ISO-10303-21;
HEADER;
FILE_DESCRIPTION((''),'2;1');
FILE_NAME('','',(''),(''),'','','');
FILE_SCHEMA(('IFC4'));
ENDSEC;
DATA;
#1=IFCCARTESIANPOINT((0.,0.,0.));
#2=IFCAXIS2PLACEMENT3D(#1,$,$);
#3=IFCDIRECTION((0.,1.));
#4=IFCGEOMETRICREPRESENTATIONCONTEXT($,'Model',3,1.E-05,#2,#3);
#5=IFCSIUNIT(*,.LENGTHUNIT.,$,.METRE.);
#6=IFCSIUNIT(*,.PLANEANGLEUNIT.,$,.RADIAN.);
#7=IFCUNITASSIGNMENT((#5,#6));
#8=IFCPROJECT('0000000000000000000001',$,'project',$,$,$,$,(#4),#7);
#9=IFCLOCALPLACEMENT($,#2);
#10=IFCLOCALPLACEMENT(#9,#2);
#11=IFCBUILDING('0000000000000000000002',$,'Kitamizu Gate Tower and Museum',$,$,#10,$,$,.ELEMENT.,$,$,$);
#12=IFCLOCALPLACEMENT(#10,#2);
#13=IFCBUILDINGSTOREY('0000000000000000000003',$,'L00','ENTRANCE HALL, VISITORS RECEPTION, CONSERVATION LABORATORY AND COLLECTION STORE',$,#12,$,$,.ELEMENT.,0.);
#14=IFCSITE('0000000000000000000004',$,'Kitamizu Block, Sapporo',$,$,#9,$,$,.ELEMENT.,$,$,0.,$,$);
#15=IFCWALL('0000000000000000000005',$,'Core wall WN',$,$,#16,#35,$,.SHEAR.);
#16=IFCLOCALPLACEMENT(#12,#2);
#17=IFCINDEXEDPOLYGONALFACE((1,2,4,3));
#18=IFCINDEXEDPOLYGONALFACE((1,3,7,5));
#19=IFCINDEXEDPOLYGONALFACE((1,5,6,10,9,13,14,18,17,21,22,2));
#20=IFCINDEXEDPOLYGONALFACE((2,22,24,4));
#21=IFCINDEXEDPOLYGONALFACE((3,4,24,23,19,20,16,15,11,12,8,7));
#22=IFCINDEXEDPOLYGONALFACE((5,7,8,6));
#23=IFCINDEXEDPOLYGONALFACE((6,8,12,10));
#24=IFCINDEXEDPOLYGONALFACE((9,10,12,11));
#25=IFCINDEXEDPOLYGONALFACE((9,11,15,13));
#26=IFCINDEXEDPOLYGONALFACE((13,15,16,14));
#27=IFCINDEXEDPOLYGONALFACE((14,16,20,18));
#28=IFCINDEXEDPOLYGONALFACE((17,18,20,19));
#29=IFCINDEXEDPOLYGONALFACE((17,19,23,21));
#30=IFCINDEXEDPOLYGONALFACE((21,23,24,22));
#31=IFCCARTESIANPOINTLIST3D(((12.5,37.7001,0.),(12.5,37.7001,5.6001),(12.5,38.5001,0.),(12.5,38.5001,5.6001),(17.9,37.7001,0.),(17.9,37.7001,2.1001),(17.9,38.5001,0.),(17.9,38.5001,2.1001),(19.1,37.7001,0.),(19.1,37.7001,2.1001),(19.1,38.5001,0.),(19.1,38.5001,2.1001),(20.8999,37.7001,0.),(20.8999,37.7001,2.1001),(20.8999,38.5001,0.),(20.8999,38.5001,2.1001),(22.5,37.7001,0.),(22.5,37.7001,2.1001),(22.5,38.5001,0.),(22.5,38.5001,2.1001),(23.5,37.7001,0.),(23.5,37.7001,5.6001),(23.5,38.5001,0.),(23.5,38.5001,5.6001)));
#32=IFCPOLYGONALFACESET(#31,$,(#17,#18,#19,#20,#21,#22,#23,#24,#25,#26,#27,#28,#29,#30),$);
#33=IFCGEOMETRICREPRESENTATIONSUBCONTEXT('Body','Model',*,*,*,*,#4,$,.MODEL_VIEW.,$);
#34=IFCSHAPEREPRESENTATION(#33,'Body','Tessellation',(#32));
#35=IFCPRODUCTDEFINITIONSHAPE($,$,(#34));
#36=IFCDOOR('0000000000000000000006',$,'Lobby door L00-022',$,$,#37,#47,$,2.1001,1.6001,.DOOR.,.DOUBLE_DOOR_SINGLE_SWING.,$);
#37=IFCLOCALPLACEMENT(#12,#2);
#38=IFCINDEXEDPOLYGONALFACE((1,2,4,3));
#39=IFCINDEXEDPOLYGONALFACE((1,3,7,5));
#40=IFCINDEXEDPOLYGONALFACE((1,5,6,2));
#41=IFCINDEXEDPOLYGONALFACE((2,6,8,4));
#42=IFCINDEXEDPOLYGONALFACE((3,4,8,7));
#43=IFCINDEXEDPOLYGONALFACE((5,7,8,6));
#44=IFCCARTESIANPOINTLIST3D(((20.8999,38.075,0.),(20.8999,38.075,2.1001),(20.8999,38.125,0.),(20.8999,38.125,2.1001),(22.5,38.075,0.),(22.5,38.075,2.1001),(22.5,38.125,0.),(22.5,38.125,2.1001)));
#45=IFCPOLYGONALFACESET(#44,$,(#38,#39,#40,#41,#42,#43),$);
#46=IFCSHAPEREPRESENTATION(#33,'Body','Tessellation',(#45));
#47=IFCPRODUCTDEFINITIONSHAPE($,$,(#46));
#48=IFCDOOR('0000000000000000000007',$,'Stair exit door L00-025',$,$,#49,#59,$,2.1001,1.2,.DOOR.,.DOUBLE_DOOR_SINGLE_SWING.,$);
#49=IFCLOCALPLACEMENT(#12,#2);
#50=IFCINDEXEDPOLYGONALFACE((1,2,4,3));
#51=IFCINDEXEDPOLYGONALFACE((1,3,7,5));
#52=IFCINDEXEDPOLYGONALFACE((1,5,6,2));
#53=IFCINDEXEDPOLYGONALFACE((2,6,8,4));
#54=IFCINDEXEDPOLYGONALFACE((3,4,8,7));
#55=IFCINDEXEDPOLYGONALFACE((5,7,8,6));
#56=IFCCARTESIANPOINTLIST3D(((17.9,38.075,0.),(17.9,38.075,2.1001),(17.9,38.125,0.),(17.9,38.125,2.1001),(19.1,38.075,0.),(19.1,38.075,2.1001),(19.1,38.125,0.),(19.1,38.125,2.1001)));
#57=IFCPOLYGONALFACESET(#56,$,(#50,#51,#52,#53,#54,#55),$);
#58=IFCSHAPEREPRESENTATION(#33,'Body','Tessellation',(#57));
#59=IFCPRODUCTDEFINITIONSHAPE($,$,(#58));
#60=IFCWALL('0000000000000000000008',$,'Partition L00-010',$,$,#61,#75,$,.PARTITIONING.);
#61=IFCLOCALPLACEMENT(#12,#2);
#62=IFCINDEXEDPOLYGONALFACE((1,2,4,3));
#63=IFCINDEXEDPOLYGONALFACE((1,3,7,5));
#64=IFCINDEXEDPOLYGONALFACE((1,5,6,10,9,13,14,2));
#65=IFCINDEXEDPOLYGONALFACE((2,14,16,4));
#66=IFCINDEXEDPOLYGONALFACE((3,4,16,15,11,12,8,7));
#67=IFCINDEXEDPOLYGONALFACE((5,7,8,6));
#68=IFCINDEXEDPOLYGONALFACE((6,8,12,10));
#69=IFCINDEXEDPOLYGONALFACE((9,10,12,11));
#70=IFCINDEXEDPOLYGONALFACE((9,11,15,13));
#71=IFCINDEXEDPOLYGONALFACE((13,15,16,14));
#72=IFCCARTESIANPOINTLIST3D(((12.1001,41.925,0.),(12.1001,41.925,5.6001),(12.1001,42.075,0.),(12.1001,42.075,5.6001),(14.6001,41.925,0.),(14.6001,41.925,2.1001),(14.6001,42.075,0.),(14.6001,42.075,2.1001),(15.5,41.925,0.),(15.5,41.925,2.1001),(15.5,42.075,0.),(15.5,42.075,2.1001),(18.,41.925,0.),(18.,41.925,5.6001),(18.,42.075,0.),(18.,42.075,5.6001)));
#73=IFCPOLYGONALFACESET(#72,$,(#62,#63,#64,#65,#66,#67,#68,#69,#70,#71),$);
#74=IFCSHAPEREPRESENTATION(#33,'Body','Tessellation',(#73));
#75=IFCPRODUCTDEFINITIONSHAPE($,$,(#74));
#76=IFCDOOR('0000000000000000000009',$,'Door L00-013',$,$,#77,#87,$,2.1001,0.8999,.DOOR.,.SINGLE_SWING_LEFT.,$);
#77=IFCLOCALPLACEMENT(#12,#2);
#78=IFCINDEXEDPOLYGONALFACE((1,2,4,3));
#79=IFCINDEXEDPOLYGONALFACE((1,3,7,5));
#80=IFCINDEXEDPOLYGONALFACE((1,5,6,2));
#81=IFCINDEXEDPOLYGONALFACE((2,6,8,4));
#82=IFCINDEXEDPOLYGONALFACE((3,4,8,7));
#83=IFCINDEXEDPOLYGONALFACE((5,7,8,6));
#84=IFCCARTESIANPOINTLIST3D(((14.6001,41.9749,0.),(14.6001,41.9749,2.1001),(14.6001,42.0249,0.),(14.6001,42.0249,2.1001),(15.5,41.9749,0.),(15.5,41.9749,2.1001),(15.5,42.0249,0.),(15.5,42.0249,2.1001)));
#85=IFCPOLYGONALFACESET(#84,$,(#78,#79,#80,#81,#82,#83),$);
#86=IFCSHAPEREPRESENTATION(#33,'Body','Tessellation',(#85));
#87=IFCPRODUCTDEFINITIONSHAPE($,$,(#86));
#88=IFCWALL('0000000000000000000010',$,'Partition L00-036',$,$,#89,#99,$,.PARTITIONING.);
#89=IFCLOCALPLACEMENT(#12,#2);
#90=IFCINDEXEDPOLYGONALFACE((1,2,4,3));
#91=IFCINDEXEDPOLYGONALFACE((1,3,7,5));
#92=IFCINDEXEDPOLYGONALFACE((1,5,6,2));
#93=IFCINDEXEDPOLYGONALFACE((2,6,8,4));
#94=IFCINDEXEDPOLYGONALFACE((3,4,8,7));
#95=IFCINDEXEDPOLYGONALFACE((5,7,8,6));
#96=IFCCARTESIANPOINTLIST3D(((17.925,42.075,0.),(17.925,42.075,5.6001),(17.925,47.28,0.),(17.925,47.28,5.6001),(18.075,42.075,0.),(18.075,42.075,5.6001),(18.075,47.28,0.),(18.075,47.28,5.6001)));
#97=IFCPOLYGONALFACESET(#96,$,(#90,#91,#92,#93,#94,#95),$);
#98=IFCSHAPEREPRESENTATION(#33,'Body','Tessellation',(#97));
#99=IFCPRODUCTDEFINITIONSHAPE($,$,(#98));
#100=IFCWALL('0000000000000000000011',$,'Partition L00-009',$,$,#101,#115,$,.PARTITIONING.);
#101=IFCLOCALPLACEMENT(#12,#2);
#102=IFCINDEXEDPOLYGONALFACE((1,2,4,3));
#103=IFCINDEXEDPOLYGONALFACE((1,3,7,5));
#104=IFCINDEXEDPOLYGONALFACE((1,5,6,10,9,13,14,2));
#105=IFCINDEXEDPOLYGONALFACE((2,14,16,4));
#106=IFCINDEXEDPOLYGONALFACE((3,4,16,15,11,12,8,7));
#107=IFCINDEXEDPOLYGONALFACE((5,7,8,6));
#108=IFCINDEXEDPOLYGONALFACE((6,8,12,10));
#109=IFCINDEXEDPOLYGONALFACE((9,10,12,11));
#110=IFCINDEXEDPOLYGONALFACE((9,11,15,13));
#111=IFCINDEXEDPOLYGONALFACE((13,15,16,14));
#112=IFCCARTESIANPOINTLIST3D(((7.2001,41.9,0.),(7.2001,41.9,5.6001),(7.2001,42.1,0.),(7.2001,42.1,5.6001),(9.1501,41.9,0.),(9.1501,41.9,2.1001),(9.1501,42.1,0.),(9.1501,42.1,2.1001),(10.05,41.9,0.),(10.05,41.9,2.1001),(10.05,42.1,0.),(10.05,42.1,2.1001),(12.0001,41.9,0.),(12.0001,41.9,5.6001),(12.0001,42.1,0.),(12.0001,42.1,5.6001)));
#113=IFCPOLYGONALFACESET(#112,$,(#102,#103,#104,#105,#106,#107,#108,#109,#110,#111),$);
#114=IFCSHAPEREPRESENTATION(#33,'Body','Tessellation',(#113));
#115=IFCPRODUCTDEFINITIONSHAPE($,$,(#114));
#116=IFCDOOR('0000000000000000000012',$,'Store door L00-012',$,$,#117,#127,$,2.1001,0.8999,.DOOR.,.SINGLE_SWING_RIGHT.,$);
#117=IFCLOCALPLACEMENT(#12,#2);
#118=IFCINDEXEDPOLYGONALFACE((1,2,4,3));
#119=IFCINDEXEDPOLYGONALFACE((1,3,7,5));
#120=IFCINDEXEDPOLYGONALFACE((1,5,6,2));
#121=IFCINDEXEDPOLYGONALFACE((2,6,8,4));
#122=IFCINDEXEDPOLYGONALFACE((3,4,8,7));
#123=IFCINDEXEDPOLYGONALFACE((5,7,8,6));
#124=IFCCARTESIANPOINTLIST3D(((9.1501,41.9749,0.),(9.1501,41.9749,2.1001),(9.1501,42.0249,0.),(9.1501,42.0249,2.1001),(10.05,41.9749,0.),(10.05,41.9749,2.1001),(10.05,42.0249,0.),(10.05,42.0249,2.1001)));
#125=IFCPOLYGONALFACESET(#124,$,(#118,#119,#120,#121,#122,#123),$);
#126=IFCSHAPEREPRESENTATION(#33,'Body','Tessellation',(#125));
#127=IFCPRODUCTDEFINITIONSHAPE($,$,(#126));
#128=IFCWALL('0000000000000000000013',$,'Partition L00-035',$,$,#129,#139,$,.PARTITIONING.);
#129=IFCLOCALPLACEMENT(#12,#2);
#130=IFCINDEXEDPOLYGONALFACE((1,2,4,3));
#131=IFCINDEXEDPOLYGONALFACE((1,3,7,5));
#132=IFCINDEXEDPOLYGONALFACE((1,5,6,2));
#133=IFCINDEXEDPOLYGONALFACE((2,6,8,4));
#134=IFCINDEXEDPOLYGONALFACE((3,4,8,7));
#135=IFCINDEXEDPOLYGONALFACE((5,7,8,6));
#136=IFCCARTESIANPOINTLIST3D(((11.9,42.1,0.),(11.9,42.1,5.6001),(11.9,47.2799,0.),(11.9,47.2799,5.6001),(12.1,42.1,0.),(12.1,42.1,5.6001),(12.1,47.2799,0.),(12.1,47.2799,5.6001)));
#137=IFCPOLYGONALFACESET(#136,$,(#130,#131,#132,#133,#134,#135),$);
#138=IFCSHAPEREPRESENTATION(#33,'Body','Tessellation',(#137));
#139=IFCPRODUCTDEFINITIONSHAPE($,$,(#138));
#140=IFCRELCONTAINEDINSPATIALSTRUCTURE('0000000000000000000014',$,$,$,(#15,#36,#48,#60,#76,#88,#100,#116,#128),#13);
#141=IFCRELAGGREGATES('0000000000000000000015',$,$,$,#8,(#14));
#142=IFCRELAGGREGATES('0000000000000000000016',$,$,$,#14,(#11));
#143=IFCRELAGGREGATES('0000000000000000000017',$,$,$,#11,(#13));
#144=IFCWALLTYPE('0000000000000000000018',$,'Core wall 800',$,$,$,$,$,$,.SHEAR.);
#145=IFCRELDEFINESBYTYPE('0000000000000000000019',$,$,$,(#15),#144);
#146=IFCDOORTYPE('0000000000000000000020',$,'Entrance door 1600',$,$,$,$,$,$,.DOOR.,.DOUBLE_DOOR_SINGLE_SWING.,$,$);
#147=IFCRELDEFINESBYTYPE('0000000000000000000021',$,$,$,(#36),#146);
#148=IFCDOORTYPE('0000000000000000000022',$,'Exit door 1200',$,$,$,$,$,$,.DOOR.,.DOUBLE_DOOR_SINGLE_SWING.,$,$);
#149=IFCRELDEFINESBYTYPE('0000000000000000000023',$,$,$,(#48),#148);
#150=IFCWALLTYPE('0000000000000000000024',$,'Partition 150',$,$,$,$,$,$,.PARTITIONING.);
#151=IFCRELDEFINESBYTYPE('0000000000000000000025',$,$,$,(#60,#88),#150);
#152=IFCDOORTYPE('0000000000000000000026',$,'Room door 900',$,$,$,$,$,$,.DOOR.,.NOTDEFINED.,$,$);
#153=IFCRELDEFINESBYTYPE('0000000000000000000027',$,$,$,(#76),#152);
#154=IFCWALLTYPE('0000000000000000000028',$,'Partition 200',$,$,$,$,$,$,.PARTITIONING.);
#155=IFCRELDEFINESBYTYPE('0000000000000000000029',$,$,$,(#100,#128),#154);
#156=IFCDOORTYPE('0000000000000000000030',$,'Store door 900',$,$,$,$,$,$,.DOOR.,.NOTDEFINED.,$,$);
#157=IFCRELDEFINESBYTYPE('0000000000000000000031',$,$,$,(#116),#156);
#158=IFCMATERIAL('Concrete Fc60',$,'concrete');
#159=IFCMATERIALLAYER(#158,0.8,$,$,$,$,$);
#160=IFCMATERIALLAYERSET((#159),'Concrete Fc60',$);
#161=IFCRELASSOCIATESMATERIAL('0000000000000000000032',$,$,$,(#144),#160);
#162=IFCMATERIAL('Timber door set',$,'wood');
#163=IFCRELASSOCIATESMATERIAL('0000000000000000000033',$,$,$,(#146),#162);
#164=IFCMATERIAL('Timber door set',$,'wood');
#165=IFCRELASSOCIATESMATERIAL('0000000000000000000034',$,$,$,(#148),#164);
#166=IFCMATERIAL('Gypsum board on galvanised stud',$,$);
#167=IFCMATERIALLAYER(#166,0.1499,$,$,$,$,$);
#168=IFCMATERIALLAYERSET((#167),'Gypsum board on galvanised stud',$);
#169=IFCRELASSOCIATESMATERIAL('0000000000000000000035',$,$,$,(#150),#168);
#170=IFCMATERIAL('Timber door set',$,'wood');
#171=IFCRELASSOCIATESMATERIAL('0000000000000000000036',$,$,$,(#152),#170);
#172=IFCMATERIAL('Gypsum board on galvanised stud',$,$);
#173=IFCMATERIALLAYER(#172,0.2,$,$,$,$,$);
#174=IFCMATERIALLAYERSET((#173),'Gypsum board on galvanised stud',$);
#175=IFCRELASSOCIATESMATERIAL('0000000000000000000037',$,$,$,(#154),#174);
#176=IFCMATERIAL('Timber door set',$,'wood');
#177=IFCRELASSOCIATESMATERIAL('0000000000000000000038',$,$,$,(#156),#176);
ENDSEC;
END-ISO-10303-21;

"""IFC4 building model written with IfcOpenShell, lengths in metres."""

from ifc_helpers import new_model, si_unit, direction, frame, frame_2d, origin, place, context, subcontext, project, spatial, rectangle, extrude, material, layer, layer_set, type_object, element, fill, save


model = new_model("IFC4")

# Units and contexts
model_context = context("Model", 3, precision=1e-05, world=origin(), true_north=direction((0.0, 1.0)))
body_context = subcontext(model_context, "Body", "Model", "MODEL_VIEW")
ifc_project = project(units=[si_unit("LENGTHUNIT", "METRE"), si_unit("PLANEANGLEUNIT", "RADIAN")], contexts=[model_context])

# Site, building, storey
site_placement = place(None, origin())
site = spatial("IfcSite", under=ifc_project, at=site_placement, Name="Kitamizu Block, Sapporo", CompositionType="ELEMENT", RefElevation=0.0)
building_placement = place(site_placement, origin())
building = spatial("IfcBuilding", under=site, at=building_placement, Name="Kitamizu Gate Tower and Museum", CompositionType="ELEMENT")
storey_placement = place(building_placement, origin())
storey = spatial("IfcBuildingStorey", under=building, at=storey_placement, Name="L00", Description="ENTRANCE HALL, VISITORS RECEPTION, CONSERVATION LABORATORY AND COLLECTION STORE", CompositionType="ELEMENT", Elevation=0.0)

# Wall, openings, doors
ifc_material_1 = material(Name="Concrete Fc60", Category="concrete")
ifc_layer_1 = layer(ifc_material_1, 0.8)
ifc_layer_set_1 = layer_set([ifc_layer_1], Name="Concrete Fc60")
wall_type_1 = type_object("IfcWallType", Name="Core wall 800", PredefinedType="SHEAR", material=ifc_layer_set_1)
wall_1_placement = place(storey_placement, frame((12.5, 38.1001, 0.0), z_axis=(0.0, 0.0, 1.0), x_axis=(1.0, 0.0, 0.0)))
wall_1 = element("IfcWall", 1, at=wall_1_placement, inside=storey, type_object=wall_type_1, Name="Core wall WN", PredefinedType="SHEAR", context=body_context, shape_type="SweptSolid", body=[
    extrude(rectangle(XDim=11.0, YDim=0.8, at=frame_2d((5.5, 0.0))), origin(), (0.0, 0.0, 1.0), 5.6001),
])
opening_1_placement = place(wall_1_placement, frame((8.3999, 0.0, 0.0)))
opening_1 = element("IfcOpeningElement", 2, at=opening_1_placement, cuts=wall_1, PredefinedType="OPENING", context=body_context, shape_type="SweptSolid", body=[
    extrude(rectangle(XDim=1.6001, YDim=2.1001, at=frame_2d((0.8, 1.05))), frame((0.0, 0.4102, 0.0), z_axis=(0.0, -1.0, 0.0), x_axis=(1.0, 0.0, 0.0)), (0.0, 0.0, 1.0), 0.8201),
])
opening_2_placement = place(wall_1_placement, frame((5.3999, 0.0, 0.0)))
opening_2 = element("IfcOpeningElement", 3, at=opening_2_placement, cuts=wall_1, PredefinedType="OPENING", context=body_context, shape_type="SweptSolid", body=[
    extrude(rectangle(XDim=1.2, YDim=2.1001, at=frame_2d((0.6001, 1.05))), frame((0.0, 0.4102, 0.0), z_axis=(0.0, -1.0, 0.0), x_axis=(1.0, 0.0, 0.0)), (0.0, 0.0, 1.0), 0.8201),
])
ifc_material_2 = material(Name="Timber door set", Category="wood")
door_type_1 = type_object("IfcDoorType", Name="Entrance door 1600", OperationType="DOUBLE_DOOR_SINGLE_SWING", PredefinedType="DOOR", material=ifc_material_2)
door_1_placement = place(opening_1_placement, origin())
door_1 = element("IfcDoor", 4, at=door_1_placement, inside=storey, type_object=door_type_1, Name="Lobby door L00-022", OperationType="DOUBLE_DOOR_SINGLE_SWING", OverallHeight=2.1001, OverallWidth=1.6001, PredefinedType="DOOR", context=body_context, shape_type="SweptSolid", body=[
    extrude(rectangle(XDim=1.6001, YDim=2.1001, at=frame_2d((0.8, 1.05))), frame((0.0, 0.0249, 0.0), z_axis=(0.0, -1.0, 0.0), x_axis=(1.0, 0.0, 0.0)), (0.0, 0.0, 1.0), 0.05),
])
fill(opening_1, door_1)
ifc_material_3 = material(Name="Timber door set", Category="wood")
door_type_2 = type_object("IfcDoorType", Name="Exit door 1200", OperationType="DOUBLE_DOOR_SINGLE_SWING", PredefinedType="DOOR", material=ifc_material_3)
door_2_placement = place(opening_2_placement, origin())
door_2 = element("IfcDoor", 5, at=door_2_placement, inside=storey, type_object=door_type_2, Name="Stair exit door L00-025", OperationType="DOUBLE_DOOR_SINGLE_SWING", OverallHeight=2.1001, OverallWidth=1.2, PredefinedType="DOOR", context=body_context, shape_type="SweptSolid", body=[
    extrude(rectangle(XDim=1.2, YDim=2.1001, at=frame_2d((0.6001, 1.05))), frame((0.0, 0.0249, 0.0), z_axis=(0.0, -1.0, 0.0), x_axis=(1.0, 0.0, 0.0)), (0.0, 0.0, 1.0), 0.05),
])
fill(opening_2, door_2)

# Wall, opening, door
ifc_material_4 = material(Name="Gypsum board on galvanised stud")
ifc_layer_2 = layer(ifc_material_4, 0.1499)
ifc_layer_set_2 = layer_set([ifc_layer_2], Name="Gypsum board on galvanised stud")
wall_type_2 = type_object("IfcWallType", Name="Partition 150", PredefinedType="PARTITIONING", material=ifc_layer_set_2)
wall_2_placement = place(storey_placement, frame((18.0, 42.0, 0.0), z_axis=(0.0, 0.0, 1.0), x_axis=(-1.0, 0.0, 0.0)))
wall_2 = element("IfcWall", 6, at=wall_2_placement, inside=storey, type_object=wall_type_2, Name="Partition L00-010", PredefinedType="PARTITIONING", context=body_context, shape_type="SweptSolid", body=[
    extrude(rectangle(XDim=5.8999, YDim=0.1499, at=frame_2d((2.95, 0.0))), origin(), (0.0, 0.0, 1.0), 5.6001),
])
opening_3_placement = place(wall_2_placement, frame((2.5, 0.0, 0.0)))
opening_3 = element("IfcOpeningElement", 7, at=opening_3_placement, cuts=wall_2, PredefinedType="OPENING", context=body_context, shape_type="SweptSolid", body=[
    extrude(rectangle(XDim=0.8999, YDim=2.1001, at=frame_2d((0.45, 1.05))), frame((0.0, 0.085, 0.0), z_axis=(0.0, -1.0, 0.0), x_axis=(1.0, 0.0, 0.0)), (0.0, 0.0, 1.0), 0.1699),
])
ifc_material_5 = material(Name="Timber door set", Category="wood")
door_type_3 = type_object("IfcDoorType", Name="Room door 900", OperationType="NOTDEFINED", PredefinedType="DOOR", material=ifc_material_5)
door_3_placement = place(opening_3_placement, frame((0.8999, 0.0, 0.0), x_axis=(-1.0, 0.0, 0.0)))
door_3 = element("IfcDoor", 8, at=door_3_placement, inside=storey, type_object=door_type_3, Name="Door L00-013", OperationType="SINGLE_SWING_LEFT", OverallHeight=2.1001, OverallWidth=0.8999, PredefinedType="DOOR", context=body_context, shape_type="SweptSolid", body=[
    extrude(rectangle(XDim=0.8999, YDim=2.1001, at=frame_2d((0.45, 1.05))), frame((0.0, 0.0249, 0.0), z_axis=(0.0, -1.0, 0.0), x_axis=(1.0, 0.0, 0.0)), (0.0, 0.0, 1.0), 0.05),
])
fill(opening_3, door_3)

# Wall
wall_3_placement = place(storey_placement, frame((18.0, 42.075, 0.0), z_axis=(0.0, 0.0, 1.0), x_axis=(0.0, 1.0, 0.0)))
element("IfcWall", 9, at=wall_3_placement, inside=storey, type_object=wall_type_2, Name="Partition L00-036", PredefinedType="PARTITIONING", context=body_context, shape_type="SweptSolid", body=[
    extrude(rectangle(XDim=5.2051, YDim=0.1499, at=frame_2d((2.6025, 0.0))), origin(), (0.0, 0.0, 1.0), 5.6001),
])

# Wall, opening, door
ifc_material_6 = material(Name="Gypsum board on galvanised stud")
ifc_layer_3 = layer(ifc_material_6, 0.2)
ifc_layer_set_3 = layer_set([ifc_layer_3], Name="Gypsum board on galvanised stud")
wall_type_3 = type_object("IfcWallType", Name="Partition 200", PredefinedType="PARTITIONING", material=ifc_layer_set_3)
wall_4_placement = place(storey_placement, frame((12.0, 42.0, 0.0), z_axis=(0.0, 0.0, 1.0), x_axis=(-1.0, 0.0, 0.0)))
wall_4 = element("IfcWall", 10, at=wall_4_placement, inside=storey, type_object=wall_type_3, Name="Partition L00-009", PredefinedType="PARTITIONING", context=body_context, shape_type="SweptSolid", body=[
    extrude(rectangle(XDim=4.8, YDim=0.2, at=frame_2d((2.3999, 0.0))), origin(), (0.0, 0.0, 1.0), 5.6001),
])
opening_4_placement = place(wall_4_placement, frame((1.95, 0.0, 0.0)))
opening_4 = element("IfcOpeningElement", 11, at=opening_4_placement, cuts=wall_4, PredefinedType="OPENING", context=body_context, shape_type="SweptSolid", body=[
    extrude(rectangle(XDim=0.8999, YDim=2.1001, at=frame_2d((0.45, 1.05))), frame((0.0, 0.1099, 0.0), z_axis=(0.0, -1.0, 0.0), x_axis=(1.0, 0.0, 0.0)), (0.0, 0.0, 1.0), 0.22),
])
ifc_material_7 = material(Name="Timber door set", Category="wood")
door_type_4 = type_object("IfcDoorType", Name="Store door 900", OperationType="NOTDEFINED", PredefinedType="DOOR", material=ifc_material_7)
door_4_placement = place(opening_4_placement, frame((0.8999, 0.0, 0.0), x_axis=(-1.0, 0.0, 0.0)))
door_4 = element("IfcDoor", 12, at=door_4_placement, inside=storey, type_object=door_type_4, Name="Store door L00-012", OperationType="SINGLE_SWING_RIGHT", OverallHeight=2.1001, OverallWidth=0.8999, PredefinedType="DOOR", context=body_context, shape_type="SweptSolid", body=[
    extrude(rectangle(XDim=0.8999, YDim=2.1001, at=frame_2d((0.45, 1.05))), frame((0.0, 0.0249, 0.0), z_axis=(0.0, -1.0, 0.0), x_axis=(1.0, 0.0, 0.0)), (0.0, 0.0, 1.0), 0.05),
])
fill(opening_4, door_4)

# Wall
wall_5_placement = place(storey_placement, frame((12.0, 42.1001, 0.0), z_axis=(0.0, 0.0, 1.0), x_axis=(0.0, 1.0, 0.0)))
element("IfcWall", 13, at=wall_5_placement, inside=storey, type_object=wall_type_3, Name="Partition L00-035", PredefinedType="PARTITIONING", context=body_context, shape_type="SweptSolid", body=[
    extrude(rectangle(XDim=5.1799, YDim=0.2, at=frame_2d((2.5898, 0.0))), origin(), (0.0, 0.0, 1.0), 5.6001),
])

save(model, "model.ifc")
